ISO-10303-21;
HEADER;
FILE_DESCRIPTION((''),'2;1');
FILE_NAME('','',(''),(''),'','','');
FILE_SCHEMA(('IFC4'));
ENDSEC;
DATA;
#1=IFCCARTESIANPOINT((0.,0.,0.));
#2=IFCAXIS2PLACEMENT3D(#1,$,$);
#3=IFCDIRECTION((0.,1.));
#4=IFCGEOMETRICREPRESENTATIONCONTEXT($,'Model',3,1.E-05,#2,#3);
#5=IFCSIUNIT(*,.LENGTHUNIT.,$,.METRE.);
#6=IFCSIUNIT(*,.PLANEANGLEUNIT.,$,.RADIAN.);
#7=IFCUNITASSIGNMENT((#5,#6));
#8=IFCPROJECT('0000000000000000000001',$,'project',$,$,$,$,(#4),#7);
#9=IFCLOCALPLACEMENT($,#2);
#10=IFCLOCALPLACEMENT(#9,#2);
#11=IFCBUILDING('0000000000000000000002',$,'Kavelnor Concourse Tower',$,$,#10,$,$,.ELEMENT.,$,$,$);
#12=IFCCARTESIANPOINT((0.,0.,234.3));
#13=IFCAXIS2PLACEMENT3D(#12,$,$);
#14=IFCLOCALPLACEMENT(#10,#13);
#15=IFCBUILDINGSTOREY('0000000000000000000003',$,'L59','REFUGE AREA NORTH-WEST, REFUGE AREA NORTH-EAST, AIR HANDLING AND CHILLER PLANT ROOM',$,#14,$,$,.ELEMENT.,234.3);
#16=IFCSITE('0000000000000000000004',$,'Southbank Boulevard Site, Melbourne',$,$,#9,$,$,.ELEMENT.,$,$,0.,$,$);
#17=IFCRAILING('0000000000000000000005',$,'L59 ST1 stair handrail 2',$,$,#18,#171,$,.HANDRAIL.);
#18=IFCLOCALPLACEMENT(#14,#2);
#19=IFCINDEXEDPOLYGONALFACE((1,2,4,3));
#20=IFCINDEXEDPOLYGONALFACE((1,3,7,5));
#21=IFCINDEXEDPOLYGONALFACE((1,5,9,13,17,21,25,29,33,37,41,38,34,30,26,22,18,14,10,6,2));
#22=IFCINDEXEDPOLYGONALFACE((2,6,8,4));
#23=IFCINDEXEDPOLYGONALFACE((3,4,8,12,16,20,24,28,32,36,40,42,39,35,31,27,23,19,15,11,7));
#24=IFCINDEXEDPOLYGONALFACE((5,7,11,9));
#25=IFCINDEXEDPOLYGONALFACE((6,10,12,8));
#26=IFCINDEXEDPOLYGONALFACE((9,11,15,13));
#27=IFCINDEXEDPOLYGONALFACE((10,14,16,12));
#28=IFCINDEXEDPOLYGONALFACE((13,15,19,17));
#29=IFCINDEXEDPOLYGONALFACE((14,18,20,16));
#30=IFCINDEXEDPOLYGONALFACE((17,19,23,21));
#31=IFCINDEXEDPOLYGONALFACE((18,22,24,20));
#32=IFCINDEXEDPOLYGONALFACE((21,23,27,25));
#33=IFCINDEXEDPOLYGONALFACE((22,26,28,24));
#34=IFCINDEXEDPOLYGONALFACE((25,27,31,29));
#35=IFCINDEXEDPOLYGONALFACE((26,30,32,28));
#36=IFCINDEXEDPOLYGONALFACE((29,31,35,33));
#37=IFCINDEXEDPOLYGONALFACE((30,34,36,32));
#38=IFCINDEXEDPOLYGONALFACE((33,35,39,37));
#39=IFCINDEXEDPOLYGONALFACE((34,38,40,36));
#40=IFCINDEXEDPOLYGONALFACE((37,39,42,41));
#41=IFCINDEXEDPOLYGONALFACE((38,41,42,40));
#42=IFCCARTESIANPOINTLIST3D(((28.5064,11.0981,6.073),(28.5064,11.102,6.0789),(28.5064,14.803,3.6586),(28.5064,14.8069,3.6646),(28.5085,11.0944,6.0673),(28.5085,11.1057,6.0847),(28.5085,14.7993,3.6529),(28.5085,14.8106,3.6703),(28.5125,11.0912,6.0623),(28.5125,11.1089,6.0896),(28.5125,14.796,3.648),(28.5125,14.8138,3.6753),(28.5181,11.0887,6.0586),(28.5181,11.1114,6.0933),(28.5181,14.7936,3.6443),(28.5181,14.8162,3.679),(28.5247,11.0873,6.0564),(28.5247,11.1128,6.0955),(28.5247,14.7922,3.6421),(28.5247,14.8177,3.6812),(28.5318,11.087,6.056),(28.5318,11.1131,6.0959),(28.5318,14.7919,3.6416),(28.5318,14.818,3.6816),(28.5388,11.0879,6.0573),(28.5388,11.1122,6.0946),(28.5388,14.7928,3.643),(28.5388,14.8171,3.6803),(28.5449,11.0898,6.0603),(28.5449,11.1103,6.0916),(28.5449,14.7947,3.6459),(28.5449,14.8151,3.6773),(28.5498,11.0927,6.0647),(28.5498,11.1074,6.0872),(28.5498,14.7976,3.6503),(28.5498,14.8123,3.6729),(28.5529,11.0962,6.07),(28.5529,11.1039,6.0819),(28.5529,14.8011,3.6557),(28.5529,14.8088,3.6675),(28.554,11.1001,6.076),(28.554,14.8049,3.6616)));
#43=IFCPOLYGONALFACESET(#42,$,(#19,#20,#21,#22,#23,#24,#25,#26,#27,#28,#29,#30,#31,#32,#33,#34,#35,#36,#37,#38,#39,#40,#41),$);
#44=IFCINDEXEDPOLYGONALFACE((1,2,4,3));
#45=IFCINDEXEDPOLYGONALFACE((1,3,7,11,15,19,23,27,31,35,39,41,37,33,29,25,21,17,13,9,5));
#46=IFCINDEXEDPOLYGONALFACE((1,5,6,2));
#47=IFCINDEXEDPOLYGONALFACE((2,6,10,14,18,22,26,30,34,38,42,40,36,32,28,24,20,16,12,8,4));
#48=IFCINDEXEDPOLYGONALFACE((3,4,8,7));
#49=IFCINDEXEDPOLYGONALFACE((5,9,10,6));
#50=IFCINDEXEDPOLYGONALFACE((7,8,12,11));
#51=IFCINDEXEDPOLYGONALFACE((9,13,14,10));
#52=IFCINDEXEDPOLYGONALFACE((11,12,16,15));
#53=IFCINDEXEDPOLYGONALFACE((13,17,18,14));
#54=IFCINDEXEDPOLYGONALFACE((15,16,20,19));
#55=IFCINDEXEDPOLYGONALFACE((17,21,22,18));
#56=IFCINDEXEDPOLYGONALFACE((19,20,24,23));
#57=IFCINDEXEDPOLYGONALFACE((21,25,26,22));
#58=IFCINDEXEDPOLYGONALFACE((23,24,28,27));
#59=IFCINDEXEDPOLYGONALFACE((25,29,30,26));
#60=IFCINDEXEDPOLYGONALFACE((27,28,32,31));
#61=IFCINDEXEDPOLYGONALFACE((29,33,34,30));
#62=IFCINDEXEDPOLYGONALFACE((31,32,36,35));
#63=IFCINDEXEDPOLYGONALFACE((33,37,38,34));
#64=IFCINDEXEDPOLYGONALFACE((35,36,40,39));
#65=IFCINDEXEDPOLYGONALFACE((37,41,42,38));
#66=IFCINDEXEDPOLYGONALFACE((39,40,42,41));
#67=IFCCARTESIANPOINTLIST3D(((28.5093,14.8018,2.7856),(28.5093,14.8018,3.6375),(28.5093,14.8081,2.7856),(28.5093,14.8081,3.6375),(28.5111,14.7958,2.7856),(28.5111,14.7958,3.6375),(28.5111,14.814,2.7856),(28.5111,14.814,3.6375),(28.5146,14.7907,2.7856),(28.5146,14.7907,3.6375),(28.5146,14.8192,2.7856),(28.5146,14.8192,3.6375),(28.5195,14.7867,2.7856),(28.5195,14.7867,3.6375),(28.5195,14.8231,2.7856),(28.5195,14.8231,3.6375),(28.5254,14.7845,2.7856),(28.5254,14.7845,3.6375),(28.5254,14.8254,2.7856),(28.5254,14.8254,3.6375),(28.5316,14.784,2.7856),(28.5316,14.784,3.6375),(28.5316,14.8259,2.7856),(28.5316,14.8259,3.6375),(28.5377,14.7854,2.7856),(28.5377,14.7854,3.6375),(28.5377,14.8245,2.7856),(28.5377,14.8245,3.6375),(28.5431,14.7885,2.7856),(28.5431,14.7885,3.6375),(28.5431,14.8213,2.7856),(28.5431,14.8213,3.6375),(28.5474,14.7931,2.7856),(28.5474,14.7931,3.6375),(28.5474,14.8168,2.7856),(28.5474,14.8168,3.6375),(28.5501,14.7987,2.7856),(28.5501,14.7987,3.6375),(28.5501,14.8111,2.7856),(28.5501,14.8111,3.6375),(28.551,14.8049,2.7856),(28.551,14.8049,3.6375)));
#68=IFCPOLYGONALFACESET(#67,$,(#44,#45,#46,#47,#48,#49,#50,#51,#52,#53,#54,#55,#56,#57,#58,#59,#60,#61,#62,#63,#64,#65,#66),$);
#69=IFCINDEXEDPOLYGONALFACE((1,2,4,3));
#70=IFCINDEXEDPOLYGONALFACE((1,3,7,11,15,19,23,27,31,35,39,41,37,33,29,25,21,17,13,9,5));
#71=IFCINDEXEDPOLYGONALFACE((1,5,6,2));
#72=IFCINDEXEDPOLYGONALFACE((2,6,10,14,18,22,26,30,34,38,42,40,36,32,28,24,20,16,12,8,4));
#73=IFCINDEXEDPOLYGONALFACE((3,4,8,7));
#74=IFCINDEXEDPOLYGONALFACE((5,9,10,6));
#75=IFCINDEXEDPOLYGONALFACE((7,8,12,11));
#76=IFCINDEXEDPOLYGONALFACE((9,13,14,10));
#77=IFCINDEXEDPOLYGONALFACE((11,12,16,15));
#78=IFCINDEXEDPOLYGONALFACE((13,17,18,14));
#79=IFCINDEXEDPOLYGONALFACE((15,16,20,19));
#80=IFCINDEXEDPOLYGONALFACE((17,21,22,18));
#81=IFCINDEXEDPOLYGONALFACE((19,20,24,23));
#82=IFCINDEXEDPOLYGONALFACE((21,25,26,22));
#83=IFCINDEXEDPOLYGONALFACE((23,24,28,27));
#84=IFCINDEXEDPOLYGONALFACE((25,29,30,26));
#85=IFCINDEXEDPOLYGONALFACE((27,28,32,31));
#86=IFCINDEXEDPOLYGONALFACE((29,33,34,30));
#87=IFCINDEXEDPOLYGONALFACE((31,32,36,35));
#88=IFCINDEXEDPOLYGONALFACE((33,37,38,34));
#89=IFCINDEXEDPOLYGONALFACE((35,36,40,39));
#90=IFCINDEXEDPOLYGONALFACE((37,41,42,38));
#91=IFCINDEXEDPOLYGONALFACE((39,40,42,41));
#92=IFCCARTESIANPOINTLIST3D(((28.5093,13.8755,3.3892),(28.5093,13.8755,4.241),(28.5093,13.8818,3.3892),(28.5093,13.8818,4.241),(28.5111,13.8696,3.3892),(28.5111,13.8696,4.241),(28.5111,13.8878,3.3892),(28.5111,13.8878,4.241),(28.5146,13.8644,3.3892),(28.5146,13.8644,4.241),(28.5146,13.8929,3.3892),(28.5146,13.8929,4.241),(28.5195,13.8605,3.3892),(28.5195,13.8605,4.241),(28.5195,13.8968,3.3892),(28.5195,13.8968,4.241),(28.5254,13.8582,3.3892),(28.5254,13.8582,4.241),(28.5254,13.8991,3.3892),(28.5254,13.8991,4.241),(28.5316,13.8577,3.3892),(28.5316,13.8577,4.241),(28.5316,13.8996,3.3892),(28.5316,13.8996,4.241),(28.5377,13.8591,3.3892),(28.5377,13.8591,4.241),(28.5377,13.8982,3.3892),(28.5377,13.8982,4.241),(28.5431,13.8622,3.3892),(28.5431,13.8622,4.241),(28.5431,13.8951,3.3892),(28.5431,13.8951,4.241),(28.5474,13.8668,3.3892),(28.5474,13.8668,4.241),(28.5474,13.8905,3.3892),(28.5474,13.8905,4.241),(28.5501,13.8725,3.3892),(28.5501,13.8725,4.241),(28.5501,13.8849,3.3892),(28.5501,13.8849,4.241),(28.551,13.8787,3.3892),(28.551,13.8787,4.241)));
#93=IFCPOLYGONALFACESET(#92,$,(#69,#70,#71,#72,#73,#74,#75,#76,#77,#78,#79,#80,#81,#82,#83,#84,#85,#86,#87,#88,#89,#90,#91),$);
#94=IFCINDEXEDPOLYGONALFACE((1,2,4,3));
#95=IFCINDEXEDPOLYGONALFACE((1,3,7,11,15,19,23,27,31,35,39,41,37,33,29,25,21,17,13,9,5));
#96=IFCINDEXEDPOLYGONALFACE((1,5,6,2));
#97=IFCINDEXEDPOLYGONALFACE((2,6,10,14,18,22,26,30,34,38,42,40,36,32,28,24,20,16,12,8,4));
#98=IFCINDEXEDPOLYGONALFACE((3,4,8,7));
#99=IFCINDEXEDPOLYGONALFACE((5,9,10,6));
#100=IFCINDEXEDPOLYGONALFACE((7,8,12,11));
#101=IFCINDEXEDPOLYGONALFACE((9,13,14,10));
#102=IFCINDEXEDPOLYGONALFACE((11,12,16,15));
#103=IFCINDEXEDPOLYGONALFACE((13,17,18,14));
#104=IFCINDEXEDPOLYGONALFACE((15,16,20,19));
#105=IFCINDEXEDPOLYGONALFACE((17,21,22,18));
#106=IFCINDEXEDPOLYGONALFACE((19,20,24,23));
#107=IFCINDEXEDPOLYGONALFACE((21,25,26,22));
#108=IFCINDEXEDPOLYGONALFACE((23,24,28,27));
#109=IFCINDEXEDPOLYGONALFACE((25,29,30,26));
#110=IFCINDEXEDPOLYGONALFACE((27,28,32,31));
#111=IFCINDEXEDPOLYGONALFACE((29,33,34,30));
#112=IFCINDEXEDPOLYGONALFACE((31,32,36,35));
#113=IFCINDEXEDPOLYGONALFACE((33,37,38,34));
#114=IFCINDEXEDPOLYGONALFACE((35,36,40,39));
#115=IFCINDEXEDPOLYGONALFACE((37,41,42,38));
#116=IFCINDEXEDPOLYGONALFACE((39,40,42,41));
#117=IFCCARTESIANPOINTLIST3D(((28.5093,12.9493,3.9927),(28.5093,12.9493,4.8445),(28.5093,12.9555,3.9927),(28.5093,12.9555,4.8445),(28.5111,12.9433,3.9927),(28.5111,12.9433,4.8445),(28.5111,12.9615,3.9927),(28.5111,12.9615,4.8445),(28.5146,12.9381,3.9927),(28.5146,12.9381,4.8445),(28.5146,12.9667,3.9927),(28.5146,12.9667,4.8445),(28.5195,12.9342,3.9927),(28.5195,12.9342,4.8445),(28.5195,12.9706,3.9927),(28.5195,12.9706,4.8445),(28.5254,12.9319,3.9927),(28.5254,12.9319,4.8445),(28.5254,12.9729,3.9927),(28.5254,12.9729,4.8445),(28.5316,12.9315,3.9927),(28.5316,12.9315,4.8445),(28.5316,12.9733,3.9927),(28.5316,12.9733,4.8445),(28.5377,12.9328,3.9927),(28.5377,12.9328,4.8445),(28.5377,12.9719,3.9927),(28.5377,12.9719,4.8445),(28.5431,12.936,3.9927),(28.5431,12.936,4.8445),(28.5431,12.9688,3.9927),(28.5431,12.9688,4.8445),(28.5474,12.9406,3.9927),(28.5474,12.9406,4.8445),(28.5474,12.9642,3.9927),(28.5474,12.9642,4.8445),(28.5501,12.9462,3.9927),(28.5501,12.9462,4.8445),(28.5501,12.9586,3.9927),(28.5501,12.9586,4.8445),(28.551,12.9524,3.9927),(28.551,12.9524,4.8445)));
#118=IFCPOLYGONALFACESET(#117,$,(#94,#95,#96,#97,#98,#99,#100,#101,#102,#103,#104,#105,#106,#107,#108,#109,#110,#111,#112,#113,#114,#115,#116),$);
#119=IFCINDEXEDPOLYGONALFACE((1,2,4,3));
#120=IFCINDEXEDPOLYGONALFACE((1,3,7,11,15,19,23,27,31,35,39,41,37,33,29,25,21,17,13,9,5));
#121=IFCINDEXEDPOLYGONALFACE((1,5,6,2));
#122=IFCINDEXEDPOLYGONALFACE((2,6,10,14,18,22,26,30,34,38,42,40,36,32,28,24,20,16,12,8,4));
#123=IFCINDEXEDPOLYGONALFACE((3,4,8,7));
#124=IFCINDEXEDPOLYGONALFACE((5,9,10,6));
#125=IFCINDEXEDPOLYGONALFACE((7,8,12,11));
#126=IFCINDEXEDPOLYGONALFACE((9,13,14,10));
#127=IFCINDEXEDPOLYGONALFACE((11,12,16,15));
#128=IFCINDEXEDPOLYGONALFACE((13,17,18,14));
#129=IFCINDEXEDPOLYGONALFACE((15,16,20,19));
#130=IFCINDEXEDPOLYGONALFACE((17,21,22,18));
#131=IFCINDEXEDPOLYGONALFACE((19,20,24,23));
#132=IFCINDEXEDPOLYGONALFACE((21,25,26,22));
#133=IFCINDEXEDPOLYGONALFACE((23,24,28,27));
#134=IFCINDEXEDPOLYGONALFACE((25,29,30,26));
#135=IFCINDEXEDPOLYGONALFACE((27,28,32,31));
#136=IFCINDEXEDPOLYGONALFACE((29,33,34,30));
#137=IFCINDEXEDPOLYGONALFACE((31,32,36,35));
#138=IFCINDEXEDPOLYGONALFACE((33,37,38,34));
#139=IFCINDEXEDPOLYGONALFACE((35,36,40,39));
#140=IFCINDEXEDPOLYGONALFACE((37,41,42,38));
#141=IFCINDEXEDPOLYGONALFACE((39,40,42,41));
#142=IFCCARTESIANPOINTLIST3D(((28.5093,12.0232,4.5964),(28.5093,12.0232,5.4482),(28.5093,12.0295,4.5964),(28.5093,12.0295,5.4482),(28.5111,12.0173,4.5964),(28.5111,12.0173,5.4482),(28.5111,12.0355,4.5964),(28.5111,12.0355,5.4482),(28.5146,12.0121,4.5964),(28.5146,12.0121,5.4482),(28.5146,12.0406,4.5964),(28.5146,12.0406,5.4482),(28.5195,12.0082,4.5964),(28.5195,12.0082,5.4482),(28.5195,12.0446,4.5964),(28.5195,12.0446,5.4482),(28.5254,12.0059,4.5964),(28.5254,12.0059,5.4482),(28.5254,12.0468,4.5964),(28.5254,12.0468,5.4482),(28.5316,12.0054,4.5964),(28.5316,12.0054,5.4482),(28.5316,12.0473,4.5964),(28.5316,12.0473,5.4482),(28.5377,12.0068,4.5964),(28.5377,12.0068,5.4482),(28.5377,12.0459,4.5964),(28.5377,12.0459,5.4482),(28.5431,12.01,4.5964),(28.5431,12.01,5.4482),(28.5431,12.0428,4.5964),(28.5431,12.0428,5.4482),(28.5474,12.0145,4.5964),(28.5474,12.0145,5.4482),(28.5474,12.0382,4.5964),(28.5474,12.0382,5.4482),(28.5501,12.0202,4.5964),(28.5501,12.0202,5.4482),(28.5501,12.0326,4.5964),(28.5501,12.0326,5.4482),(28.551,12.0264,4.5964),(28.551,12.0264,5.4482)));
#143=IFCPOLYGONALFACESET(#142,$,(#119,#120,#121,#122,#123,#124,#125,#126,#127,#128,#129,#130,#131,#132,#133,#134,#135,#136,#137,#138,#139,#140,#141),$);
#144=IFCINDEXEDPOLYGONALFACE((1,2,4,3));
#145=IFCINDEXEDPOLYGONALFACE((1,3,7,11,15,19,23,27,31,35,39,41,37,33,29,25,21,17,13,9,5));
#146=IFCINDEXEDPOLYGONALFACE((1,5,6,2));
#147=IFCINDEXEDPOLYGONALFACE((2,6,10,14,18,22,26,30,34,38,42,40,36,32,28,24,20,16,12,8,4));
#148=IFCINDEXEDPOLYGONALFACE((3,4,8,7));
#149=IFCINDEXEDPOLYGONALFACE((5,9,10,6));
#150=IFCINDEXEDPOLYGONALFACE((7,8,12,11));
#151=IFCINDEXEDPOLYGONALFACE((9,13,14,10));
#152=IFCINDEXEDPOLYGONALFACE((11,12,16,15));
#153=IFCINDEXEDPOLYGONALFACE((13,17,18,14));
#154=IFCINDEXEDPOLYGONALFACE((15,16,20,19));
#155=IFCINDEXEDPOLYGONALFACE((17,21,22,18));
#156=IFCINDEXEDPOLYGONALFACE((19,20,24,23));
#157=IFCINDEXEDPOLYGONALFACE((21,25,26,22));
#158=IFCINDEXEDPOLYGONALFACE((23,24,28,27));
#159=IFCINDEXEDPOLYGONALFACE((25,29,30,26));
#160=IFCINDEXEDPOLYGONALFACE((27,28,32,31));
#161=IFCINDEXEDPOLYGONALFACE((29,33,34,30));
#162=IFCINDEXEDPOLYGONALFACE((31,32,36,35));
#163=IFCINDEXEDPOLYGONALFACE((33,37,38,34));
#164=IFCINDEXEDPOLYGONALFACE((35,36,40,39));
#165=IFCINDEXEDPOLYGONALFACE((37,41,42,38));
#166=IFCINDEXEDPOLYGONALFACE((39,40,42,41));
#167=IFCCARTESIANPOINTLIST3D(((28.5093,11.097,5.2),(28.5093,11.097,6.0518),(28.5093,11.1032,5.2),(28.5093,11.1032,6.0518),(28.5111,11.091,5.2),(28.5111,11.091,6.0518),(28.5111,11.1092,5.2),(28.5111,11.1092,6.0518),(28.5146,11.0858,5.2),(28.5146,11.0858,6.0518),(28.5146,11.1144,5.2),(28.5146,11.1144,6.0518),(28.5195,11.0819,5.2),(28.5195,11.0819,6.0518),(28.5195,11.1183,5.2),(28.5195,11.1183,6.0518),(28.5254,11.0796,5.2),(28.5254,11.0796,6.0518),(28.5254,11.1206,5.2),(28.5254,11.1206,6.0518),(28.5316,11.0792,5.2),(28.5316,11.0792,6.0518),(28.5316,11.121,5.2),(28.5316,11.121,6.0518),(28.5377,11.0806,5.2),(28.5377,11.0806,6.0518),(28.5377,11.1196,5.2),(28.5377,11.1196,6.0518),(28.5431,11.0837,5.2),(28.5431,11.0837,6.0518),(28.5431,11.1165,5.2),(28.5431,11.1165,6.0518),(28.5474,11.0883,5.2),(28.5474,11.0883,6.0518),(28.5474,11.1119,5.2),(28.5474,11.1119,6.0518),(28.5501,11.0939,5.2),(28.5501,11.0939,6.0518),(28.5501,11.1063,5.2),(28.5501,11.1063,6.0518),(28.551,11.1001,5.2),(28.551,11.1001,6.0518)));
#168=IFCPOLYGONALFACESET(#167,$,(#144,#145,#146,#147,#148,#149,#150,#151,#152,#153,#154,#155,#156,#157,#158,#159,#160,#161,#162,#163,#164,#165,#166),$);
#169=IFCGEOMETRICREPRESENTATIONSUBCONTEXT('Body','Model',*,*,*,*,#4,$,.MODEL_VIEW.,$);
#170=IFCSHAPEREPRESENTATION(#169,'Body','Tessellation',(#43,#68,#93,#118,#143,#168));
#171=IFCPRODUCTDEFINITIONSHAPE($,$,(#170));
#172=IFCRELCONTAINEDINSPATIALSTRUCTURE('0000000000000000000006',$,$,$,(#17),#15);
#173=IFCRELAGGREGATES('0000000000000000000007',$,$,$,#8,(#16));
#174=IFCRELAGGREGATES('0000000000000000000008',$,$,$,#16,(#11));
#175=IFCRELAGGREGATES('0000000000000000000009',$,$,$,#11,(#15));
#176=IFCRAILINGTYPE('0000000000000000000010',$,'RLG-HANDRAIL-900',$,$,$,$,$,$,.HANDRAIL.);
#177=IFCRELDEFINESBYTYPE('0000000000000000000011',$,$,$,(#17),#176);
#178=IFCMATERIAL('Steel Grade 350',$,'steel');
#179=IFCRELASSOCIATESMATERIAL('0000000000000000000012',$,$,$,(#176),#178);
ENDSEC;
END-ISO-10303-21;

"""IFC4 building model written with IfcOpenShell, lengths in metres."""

from ifc_helpers import new_model, si_unit, direction, frame, origin, origin_2d, place, context, subcontext, project, spatial, circle, extrude, material, type_object, element, save


model = new_model("IFC4")

# Units and contexts
model_context = context("Model", 3, precision=1e-05, world=origin(), true_north=direction((0.0, 1.0)))
body_context = subcontext(model_context, "Body", "Model", "MODEL_VIEW")
ifc_project = project(units=[si_unit("LENGTHUNIT", "METRE"), si_unit("PLANEANGLEUNIT", "RADIAN")], contexts=[model_context])

# Site, building, storey
site_placement = place(None, origin())
site = spatial("IfcSite", under=ifc_project, at=site_placement, Name="Southbank Boulevard Site, Melbourne", CompositionType="ELEMENT", RefElevation=0.0)
building_placement = place(site_placement, origin())
building = spatial("IfcBuilding", under=site, at=building_placement, Name="Kavelnor Concourse Tower", CompositionType="ELEMENT")
storey_placement = place(building_placement, frame((0.0, 0.0, 234.3)))
storey = spatial("IfcBuildingStorey", under=building, at=storey_placement, Name="L59", Description="REFUGE AREA NORTH-WEST, REFUGE AREA NORTH-EAST, AIR HANDLING AND CHILLER PLANT ROOM", CompositionType="ELEMENT", Elevation=234.3)

# Shared definitions
ifc_material_1 = material(Name="Steel Grade 350", Category="steel")

# Railing
railing_type_1 = type_object("IfcRailingType", Name="RLG-HANDRAIL-900", PredefinedType="HANDRAIL", material=ifc_material_1)
railing_1_placement = place(storey_placement, frame((28.53, 14.8049, 2.7856)))
element("IfcRailing", 1, at=railing_1_placement, inside=storey, type_object=railing_type_1, Name="L59 ST1 stair handrail 2", PredefinedType="HANDRAIL", context=body_context, shape_type="SweptSolid", body=[
    extrude(circle(Radius=0.0239, at=origin_2d()), frame((0.0, 0.0, 0.876), z_axis=(0.0, -0.837806, 0.545968), x_axis=(1.0, 0.0, 0.0)), (0.0, 0.0, 1.0), 4.4221),
    extrude(circle(Radius=0.021, at=origin_2d()), origin(), (0.0, 0.0, 1.0), 0.8518),
    extrude(circle(Radius=0.021, at=origin_2d()), frame((0.0, -0.9263, 0.6035)), (0.0, 0.0, 1.0), 0.8518),
    extrude(circle(Radius=0.021, at=origin_2d()), frame((0.0, -1.8525, 1.207)), (0.0, 0.0, 1.0), 0.8518),
    extrude(circle(Radius=0.021, at=origin_2d()), frame((0.0, -2.7786, 1.8108)), (0.0, 0.0, 1.0), 0.8518),
    extrude(circle(Radius=0.021, at=origin_2d()), frame((0.0, -3.7048, 2.4143)), (0.0, 0.0, 1.0), 0.8518),
])

save(model, "model.ifc")
